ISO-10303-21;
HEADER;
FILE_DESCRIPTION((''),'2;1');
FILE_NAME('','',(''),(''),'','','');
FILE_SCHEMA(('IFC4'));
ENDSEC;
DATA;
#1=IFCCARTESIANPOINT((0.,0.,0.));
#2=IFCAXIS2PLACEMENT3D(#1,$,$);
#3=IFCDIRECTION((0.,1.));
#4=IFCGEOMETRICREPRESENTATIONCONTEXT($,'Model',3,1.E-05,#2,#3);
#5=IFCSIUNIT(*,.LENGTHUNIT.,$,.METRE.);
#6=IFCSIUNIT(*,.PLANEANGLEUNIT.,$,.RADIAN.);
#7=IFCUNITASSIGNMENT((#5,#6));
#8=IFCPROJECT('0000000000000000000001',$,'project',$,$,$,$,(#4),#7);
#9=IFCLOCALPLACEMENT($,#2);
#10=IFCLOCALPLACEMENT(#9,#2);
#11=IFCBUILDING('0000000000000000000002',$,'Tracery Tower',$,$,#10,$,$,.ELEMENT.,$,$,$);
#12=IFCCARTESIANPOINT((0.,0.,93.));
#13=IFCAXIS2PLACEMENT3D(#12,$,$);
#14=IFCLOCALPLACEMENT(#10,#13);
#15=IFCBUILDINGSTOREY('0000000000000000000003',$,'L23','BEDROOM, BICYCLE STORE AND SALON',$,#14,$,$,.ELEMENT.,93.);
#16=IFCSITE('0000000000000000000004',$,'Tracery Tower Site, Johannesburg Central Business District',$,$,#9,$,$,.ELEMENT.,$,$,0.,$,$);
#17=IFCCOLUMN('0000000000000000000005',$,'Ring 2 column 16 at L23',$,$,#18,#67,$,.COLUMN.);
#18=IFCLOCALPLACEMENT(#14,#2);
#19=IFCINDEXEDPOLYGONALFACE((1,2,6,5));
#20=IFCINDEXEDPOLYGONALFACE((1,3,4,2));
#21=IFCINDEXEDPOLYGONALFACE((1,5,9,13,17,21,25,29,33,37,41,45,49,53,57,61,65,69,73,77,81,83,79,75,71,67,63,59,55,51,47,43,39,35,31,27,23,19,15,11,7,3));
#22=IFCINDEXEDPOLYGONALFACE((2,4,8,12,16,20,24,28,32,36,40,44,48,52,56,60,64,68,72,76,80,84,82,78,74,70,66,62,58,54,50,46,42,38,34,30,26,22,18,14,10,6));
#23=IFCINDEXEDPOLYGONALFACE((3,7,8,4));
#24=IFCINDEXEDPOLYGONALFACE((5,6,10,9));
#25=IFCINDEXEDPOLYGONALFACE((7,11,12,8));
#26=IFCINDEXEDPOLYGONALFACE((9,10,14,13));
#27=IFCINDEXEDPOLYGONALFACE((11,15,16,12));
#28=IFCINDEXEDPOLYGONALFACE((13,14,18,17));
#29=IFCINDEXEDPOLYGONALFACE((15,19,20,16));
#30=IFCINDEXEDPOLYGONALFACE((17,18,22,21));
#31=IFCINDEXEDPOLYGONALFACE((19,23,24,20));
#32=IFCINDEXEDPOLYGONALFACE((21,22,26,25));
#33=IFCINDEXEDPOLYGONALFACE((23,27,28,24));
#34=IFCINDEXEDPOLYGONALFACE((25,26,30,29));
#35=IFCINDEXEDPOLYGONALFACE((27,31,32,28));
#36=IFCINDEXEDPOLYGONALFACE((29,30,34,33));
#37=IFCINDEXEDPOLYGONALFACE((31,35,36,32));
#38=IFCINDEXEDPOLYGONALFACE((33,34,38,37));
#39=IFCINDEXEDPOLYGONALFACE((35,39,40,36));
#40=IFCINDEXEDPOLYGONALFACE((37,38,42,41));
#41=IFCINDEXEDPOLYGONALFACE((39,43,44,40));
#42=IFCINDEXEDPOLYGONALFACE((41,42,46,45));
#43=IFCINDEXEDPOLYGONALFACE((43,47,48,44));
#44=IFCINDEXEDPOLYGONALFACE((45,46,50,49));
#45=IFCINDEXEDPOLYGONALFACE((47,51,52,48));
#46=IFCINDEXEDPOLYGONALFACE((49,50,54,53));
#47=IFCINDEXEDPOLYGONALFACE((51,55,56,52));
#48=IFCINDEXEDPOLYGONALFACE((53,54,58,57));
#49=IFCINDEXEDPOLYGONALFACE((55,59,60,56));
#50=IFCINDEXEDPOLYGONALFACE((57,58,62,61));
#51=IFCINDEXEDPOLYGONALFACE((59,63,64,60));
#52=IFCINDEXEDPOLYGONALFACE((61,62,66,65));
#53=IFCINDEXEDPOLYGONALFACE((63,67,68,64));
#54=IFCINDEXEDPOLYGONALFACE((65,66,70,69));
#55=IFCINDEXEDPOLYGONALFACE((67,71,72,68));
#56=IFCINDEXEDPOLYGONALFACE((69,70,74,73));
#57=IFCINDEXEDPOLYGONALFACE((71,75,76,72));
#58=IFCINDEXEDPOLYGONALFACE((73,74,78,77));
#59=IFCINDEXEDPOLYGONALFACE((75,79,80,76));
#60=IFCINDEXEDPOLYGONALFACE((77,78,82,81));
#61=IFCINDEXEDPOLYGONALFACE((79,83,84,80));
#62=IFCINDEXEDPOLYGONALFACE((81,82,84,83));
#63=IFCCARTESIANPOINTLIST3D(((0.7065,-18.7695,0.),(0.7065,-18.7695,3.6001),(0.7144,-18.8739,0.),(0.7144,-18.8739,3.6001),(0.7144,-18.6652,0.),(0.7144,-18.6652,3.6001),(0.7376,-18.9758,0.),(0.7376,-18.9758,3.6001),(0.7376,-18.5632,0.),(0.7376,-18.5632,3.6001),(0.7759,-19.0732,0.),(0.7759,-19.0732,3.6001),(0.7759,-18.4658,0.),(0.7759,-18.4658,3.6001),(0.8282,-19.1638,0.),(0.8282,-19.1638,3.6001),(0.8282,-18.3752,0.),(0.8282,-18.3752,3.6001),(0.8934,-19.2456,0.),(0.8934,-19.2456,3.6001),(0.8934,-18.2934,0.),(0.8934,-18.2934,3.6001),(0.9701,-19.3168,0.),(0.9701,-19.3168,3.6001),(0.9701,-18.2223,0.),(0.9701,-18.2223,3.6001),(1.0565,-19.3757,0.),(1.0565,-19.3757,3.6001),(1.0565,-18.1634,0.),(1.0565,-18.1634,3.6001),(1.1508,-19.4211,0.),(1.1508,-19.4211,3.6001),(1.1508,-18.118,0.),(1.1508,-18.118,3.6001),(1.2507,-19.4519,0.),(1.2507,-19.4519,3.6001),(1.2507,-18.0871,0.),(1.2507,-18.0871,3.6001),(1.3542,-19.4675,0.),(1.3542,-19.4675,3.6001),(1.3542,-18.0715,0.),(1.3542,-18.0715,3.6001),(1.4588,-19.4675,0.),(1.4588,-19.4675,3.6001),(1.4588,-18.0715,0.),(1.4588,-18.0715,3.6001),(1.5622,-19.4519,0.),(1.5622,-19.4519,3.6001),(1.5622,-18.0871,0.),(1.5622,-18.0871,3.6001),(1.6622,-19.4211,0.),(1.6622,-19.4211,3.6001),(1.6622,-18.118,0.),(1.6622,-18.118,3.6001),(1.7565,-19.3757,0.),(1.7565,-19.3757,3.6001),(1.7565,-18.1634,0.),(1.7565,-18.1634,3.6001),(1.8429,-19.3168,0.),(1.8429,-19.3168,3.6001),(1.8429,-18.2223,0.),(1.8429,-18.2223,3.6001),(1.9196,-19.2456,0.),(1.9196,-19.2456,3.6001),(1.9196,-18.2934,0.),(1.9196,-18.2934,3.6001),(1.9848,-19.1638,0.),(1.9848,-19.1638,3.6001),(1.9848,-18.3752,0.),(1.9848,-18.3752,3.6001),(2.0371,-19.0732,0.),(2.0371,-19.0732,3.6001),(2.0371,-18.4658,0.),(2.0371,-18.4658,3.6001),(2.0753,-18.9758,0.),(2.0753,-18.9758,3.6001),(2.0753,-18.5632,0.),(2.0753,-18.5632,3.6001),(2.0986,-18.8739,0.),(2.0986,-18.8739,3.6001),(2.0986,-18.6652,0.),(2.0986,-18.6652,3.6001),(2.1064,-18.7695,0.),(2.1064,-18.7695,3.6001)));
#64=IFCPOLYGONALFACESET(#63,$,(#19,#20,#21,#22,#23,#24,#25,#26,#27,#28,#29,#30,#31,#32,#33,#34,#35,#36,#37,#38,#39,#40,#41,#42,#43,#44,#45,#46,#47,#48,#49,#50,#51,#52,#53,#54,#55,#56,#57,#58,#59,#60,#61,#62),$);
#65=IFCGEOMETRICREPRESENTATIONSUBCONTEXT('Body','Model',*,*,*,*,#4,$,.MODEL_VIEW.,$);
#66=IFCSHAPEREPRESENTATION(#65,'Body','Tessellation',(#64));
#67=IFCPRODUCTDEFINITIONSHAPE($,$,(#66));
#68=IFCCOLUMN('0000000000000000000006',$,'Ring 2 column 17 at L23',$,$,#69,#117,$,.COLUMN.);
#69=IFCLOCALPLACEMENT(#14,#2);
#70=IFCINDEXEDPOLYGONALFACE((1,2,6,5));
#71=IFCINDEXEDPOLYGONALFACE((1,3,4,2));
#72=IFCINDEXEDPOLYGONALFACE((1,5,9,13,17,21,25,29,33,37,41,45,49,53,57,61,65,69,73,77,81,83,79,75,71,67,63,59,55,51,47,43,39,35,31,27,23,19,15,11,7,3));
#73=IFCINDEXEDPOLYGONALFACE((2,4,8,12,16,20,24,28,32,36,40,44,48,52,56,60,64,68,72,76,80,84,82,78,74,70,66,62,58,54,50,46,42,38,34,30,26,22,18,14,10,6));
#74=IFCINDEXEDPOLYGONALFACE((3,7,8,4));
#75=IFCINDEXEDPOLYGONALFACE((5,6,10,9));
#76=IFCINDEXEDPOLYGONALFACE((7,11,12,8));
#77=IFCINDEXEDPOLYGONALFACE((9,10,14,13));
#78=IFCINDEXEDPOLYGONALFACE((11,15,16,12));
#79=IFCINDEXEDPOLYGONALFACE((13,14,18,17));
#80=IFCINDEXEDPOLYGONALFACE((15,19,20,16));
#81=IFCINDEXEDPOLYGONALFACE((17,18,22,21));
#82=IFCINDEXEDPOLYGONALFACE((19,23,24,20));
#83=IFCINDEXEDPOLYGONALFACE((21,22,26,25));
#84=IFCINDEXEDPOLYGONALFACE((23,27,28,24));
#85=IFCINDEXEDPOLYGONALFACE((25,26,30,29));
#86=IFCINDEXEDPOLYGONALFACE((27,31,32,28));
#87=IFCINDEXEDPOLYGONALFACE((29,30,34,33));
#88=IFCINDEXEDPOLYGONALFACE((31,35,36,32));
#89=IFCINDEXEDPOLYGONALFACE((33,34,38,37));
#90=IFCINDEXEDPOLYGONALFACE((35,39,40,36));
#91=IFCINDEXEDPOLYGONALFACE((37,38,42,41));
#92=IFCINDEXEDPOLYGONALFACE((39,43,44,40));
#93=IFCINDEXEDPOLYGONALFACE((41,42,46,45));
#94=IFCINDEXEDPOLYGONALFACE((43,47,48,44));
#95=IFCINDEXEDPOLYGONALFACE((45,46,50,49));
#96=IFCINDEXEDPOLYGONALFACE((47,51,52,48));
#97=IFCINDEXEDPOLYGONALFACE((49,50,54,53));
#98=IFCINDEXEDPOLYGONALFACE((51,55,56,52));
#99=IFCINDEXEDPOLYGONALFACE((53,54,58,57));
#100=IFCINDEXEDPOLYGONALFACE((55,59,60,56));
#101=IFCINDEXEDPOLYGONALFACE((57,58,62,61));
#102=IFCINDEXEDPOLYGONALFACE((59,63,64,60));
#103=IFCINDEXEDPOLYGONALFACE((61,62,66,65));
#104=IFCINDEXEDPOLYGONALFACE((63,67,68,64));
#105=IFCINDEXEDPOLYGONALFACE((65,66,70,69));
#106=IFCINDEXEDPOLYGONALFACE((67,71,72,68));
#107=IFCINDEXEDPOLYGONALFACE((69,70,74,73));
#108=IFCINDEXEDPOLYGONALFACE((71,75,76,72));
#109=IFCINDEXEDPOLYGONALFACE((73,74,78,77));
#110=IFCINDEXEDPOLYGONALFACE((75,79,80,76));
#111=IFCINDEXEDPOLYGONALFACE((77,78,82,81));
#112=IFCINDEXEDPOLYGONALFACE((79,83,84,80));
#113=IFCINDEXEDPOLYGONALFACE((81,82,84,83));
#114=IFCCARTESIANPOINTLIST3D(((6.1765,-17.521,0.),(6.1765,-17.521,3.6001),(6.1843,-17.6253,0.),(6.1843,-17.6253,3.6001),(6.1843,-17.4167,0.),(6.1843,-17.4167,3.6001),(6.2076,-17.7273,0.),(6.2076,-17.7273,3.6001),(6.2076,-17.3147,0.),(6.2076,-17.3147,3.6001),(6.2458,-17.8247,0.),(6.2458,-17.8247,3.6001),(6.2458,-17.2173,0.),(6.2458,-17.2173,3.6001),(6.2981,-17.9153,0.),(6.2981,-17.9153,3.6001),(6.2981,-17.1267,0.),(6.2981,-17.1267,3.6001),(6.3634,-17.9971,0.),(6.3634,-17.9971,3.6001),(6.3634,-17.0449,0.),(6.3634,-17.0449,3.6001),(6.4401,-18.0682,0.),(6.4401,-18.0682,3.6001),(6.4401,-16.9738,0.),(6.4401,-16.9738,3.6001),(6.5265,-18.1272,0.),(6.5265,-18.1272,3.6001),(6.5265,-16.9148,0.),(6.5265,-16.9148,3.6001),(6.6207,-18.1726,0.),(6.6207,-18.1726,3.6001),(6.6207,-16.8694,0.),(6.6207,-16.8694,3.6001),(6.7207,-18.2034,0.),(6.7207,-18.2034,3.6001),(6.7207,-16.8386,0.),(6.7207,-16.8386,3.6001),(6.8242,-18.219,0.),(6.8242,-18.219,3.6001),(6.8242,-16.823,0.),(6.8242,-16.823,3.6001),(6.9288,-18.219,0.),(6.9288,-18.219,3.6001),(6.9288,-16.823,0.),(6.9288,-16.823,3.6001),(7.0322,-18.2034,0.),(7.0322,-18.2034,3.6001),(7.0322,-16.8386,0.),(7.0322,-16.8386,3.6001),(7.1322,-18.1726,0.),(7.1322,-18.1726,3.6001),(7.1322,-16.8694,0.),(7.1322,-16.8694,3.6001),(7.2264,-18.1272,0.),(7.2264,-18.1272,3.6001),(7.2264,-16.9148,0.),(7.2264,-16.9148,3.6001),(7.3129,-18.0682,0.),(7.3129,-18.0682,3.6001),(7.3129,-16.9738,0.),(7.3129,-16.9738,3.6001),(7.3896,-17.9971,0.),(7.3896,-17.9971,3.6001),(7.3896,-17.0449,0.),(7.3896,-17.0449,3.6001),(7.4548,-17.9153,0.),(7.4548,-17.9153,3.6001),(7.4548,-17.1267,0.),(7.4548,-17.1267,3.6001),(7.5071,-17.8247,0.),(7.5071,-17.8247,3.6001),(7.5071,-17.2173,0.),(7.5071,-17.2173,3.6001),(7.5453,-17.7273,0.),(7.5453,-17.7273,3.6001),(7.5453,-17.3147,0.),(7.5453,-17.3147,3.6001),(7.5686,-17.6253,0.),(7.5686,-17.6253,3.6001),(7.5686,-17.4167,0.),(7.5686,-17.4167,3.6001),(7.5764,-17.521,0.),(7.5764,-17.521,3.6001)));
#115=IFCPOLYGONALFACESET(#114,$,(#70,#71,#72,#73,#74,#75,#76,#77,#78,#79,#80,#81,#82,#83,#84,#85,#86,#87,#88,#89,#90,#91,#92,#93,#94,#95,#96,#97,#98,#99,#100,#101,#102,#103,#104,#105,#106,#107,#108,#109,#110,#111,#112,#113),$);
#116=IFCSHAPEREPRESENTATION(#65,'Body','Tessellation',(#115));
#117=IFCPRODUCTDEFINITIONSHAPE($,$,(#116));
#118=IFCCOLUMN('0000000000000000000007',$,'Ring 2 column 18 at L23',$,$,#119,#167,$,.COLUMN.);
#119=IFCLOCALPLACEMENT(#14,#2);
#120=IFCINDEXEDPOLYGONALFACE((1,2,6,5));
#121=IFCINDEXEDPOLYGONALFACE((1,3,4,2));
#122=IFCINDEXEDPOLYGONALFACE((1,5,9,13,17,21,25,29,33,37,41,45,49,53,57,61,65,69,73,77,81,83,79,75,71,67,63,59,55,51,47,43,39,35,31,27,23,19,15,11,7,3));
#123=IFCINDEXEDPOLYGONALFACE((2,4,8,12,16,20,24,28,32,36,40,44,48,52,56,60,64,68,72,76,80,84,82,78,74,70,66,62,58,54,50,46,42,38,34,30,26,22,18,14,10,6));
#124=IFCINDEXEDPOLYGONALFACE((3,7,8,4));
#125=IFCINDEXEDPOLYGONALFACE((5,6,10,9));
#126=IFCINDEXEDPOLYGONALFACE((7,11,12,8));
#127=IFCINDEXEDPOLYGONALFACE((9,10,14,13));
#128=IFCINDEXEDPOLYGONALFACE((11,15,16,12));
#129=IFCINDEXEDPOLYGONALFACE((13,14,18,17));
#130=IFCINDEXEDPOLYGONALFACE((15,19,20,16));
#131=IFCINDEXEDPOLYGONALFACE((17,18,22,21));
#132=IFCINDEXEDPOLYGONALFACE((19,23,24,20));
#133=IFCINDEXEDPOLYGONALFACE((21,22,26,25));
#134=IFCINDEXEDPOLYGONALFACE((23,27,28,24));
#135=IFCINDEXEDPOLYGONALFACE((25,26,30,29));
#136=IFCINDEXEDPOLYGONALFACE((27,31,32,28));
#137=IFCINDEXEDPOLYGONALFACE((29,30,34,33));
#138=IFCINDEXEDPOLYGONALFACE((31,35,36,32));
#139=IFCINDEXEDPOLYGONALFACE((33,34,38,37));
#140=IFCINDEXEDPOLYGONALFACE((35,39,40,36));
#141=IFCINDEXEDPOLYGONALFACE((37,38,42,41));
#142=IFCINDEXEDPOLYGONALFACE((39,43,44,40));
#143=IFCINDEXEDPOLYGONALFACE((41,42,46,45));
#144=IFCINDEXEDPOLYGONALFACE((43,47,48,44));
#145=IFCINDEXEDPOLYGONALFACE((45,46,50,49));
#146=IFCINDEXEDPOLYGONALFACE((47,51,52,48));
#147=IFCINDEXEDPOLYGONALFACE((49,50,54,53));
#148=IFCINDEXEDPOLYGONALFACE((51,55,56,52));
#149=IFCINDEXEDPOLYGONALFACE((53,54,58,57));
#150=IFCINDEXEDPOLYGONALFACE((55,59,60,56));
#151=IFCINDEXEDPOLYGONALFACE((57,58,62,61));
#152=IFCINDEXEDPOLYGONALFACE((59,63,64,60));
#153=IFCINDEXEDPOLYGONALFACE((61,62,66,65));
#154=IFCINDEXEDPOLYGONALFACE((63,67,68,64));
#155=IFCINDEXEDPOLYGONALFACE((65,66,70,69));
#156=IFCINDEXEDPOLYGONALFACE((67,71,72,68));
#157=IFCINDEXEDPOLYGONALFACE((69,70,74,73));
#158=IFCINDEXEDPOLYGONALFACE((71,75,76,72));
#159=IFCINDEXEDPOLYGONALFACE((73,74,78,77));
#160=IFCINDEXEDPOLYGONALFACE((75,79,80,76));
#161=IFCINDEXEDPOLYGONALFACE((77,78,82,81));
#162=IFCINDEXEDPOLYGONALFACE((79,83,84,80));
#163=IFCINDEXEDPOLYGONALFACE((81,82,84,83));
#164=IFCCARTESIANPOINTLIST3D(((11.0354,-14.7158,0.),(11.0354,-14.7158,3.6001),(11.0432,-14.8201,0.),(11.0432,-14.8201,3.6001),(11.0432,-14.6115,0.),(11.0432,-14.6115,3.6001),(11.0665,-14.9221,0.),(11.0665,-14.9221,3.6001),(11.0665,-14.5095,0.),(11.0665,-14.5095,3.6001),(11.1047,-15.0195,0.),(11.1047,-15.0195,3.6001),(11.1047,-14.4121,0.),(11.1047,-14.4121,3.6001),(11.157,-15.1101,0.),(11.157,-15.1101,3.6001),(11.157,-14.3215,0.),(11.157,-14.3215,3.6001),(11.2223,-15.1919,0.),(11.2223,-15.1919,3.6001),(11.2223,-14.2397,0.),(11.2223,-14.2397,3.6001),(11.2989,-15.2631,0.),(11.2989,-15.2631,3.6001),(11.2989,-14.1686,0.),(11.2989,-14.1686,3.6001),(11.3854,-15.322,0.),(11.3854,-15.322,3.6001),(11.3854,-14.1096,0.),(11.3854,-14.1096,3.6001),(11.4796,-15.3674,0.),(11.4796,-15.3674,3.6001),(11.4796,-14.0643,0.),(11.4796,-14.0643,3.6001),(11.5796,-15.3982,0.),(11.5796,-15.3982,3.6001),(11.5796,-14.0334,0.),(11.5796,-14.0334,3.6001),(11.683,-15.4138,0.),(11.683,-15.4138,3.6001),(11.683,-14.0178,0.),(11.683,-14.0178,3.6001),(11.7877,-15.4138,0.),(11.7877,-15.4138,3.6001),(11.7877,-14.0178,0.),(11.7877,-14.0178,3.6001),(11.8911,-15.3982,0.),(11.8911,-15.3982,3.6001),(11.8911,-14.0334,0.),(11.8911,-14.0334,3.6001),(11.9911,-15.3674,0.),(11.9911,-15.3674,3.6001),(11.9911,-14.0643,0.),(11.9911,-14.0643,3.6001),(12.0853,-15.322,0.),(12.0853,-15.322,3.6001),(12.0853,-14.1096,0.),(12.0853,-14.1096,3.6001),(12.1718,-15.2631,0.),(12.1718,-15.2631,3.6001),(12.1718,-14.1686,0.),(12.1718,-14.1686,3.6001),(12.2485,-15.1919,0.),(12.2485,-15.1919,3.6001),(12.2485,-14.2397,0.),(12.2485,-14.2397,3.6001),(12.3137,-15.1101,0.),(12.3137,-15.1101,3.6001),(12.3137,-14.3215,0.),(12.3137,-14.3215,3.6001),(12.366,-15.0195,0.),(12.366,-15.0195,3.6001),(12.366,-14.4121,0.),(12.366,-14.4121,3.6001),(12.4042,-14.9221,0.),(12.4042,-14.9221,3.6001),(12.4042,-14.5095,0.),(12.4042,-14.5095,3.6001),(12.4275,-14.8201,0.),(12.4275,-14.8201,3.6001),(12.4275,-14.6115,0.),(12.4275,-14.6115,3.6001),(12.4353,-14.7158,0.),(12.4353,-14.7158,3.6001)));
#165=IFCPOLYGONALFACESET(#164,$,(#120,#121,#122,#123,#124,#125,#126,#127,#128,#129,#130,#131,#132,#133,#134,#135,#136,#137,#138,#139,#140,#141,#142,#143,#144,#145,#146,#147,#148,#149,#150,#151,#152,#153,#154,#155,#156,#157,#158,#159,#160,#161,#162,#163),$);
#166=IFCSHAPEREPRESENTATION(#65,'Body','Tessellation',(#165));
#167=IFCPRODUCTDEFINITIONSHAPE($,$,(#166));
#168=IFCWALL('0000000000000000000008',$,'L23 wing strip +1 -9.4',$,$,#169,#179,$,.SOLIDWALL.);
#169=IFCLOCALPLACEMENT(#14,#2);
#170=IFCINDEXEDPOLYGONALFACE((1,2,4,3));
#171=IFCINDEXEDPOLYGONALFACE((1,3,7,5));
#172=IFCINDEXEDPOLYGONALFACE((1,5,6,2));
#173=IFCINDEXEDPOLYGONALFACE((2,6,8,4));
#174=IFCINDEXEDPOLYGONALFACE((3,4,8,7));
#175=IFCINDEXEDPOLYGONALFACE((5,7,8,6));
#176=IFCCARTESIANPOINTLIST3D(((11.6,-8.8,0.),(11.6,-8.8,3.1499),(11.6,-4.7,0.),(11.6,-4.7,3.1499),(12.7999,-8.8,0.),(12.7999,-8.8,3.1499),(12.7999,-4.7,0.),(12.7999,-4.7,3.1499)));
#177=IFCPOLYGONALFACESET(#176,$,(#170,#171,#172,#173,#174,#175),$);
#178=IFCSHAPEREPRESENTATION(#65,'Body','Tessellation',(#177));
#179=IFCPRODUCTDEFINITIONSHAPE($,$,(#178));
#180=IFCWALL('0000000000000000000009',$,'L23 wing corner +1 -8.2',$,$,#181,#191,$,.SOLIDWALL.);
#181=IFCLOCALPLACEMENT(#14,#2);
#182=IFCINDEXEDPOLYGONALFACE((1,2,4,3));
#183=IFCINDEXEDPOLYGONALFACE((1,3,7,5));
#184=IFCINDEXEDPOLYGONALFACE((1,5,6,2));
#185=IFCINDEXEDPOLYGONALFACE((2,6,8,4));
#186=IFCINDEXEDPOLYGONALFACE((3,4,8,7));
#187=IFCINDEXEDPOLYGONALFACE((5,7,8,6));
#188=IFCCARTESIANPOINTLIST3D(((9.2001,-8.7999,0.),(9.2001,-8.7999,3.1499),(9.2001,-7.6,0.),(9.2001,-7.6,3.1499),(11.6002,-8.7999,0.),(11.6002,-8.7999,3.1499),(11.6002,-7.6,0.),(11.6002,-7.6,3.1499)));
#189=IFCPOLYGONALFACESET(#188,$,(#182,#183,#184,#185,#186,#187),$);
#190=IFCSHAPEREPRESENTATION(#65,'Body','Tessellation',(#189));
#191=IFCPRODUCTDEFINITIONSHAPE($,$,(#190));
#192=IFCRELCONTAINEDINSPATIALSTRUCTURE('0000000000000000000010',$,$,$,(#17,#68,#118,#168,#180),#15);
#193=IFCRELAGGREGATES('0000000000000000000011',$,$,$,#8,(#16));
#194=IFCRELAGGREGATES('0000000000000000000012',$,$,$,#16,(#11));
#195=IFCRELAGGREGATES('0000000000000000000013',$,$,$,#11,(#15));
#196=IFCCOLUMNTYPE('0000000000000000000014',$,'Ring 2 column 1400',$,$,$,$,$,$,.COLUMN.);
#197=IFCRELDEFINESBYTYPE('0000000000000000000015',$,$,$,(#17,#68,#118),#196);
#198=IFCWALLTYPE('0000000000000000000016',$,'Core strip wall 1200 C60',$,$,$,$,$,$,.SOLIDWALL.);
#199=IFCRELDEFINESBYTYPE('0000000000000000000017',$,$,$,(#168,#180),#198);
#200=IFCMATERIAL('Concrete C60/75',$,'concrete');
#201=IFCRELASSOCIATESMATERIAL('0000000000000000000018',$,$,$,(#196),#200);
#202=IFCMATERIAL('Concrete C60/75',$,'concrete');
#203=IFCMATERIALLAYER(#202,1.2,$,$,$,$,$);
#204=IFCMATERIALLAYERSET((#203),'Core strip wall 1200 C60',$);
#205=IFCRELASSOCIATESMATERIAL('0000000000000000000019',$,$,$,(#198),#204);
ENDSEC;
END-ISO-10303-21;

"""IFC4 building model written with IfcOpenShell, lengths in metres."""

from ifc_helpers import new_model, si_unit, direction, frame, frame_2d, origin, origin_2d, place, context, subcontext, project, spatial, rectangle, circle, extrude, material, layer, layer_set, material_profile, profile_set, type_object, element, save


model = new_model("IFC4")

# Units and contexts
model_context = context("Model", 3, precision=1e-05, world=origin(), true_north=direction((0.0, 1.0)))
body_context = subcontext(model_context, "Body", "Model", "MODEL_VIEW")
ifc_project = project(units=[si_unit("LENGTHUNIT", "METRE"), si_unit("PLANEANGLEUNIT", "RADIAN")], contexts=[model_context])

# Site, building, storey
site_placement = place(None, origin())
site = spatial("IfcSite", under=ifc_project, at=site_placement, Name="Tracery Tower Site, Johannesburg Central Business District", CompositionType="ELEMENT", RefElevation=0.0)
building_placement = place(site_placement, origin())
building = spatial("IfcBuilding", under=site, at=building_placement, Name="Tracery Tower", CompositionType="ELEMENT")
storey_placement = place(building_placement, frame((0.0, 0.0, 93.0)))
storey = spatial("IfcBuildingStorey", under=building, at=storey_placement, Name="L23", Description="BEDROOM, BICYCLE STORE AND SALON", CompositionType="ELEMENT", Elevation=93.0)

# Columns
ifc_material_1 = material(Name="Concrete C60/75", Category="concrete")
ifc_material_profile = material_profile(ifc_material_1, circle(Radius=0.7, at=origin_2d()), Name="RC D1400")
ifc_profile_set = profile_set([ifc_material_profile], Name="Concrete C60/75")
column_type = type_object("IfcColumnType", Name="Ring 2 column 1400", PredefinedType="COLUMN", material=ifc_profile_set)
for number, where, z_axis, x_axis, name in (
    (1, (1.4065, -18.7695, 0.0), (0.0, 0.0, 1.0), (1.0, 0.0, 0.0), "Ring 2 column 16 at L23"),
    (2, (6.8765, -17.521, 0.0), (0.0, 0.0, 1.0), (1.0, 0.0, 0.0), "Ring 2 column 17 at L23"),
    (3, (11.7354, -14.7158, 0.0), (0.0, 0.0, 1.0), (1.0, 0.0, 0.0), "Ring 2 column 18 at L23"),
):
    element("IfcColumn", number, at=place(storey_placement, frame(where, z_axis=z_axis, x_axis=x_axis)), inside=storey, type_object=column_type, Name=name, PredefinedType="COLUMN", context=body_context, shape_type="SweptSolid", body=[
        extrude(circle(Radius=0.7, at=origin_2d()), origin(), (0.0, 0.0, 1.0), 3.6001),
    ])

# Walls
ifc_material_2 = material(Name="Concrete C60/75", Category="concrete")
ifc_layer_1 = layer(ifc_material_2, 1.2)
ifc_layer_set_1 = layer_set([ifc_layer_1], Name="Core strip wall 1200 C60")
wall_type_1 = type_object("IfcWallType", Name="Core strip wall 1200 C60", PredefinedType="SOLIDWALL", material=ifc_layer_set_1)
wall_1_placement = place(storey_placement, frame((12.2, -8.8, 0.0), z_axis=(0.0, 0.0, 1.0), x_axis=(0.0, 1.0, 0.0)))
element("IfcWall", 4, at=wall_1_placement, inside=storey, type_object=wall_type_1, Name="L23 wing strip +1 -9.4", PredefinedType="SOLIDWALL", context=body_context, shape_type="SweptSolid", body=[
    extrude(rectangle(XDim=4.1001, YDim=1.2, at=frame_2d((2.05, 0.0))), origin(), (0.0, 0.0, 1.0), 3.1499),
])
wall_2_placement = place(storey_placement, frame((9.2, -8.2, 0.0), z_axis=(0.0, 0.0, 1.0), x_axis=(1.0, 0.0, 0.0)))
element("IfcWall", 5, at=wall_2_placement, inside=storey, type_object=wall_type_1, Name="L23 wing corner +1 -8.2", PredefinedType="SOLIDWALL", context=body_context, shape_type="SweptSolid", body=[
    extrude(rectangle(XDim=2.4001, YDim=1.2, at=frame_2d((1.2002, 0.0))), origin(), (0.0, 0.0, 1.0), 3.1499),
])

save(model, "model.ifc")
